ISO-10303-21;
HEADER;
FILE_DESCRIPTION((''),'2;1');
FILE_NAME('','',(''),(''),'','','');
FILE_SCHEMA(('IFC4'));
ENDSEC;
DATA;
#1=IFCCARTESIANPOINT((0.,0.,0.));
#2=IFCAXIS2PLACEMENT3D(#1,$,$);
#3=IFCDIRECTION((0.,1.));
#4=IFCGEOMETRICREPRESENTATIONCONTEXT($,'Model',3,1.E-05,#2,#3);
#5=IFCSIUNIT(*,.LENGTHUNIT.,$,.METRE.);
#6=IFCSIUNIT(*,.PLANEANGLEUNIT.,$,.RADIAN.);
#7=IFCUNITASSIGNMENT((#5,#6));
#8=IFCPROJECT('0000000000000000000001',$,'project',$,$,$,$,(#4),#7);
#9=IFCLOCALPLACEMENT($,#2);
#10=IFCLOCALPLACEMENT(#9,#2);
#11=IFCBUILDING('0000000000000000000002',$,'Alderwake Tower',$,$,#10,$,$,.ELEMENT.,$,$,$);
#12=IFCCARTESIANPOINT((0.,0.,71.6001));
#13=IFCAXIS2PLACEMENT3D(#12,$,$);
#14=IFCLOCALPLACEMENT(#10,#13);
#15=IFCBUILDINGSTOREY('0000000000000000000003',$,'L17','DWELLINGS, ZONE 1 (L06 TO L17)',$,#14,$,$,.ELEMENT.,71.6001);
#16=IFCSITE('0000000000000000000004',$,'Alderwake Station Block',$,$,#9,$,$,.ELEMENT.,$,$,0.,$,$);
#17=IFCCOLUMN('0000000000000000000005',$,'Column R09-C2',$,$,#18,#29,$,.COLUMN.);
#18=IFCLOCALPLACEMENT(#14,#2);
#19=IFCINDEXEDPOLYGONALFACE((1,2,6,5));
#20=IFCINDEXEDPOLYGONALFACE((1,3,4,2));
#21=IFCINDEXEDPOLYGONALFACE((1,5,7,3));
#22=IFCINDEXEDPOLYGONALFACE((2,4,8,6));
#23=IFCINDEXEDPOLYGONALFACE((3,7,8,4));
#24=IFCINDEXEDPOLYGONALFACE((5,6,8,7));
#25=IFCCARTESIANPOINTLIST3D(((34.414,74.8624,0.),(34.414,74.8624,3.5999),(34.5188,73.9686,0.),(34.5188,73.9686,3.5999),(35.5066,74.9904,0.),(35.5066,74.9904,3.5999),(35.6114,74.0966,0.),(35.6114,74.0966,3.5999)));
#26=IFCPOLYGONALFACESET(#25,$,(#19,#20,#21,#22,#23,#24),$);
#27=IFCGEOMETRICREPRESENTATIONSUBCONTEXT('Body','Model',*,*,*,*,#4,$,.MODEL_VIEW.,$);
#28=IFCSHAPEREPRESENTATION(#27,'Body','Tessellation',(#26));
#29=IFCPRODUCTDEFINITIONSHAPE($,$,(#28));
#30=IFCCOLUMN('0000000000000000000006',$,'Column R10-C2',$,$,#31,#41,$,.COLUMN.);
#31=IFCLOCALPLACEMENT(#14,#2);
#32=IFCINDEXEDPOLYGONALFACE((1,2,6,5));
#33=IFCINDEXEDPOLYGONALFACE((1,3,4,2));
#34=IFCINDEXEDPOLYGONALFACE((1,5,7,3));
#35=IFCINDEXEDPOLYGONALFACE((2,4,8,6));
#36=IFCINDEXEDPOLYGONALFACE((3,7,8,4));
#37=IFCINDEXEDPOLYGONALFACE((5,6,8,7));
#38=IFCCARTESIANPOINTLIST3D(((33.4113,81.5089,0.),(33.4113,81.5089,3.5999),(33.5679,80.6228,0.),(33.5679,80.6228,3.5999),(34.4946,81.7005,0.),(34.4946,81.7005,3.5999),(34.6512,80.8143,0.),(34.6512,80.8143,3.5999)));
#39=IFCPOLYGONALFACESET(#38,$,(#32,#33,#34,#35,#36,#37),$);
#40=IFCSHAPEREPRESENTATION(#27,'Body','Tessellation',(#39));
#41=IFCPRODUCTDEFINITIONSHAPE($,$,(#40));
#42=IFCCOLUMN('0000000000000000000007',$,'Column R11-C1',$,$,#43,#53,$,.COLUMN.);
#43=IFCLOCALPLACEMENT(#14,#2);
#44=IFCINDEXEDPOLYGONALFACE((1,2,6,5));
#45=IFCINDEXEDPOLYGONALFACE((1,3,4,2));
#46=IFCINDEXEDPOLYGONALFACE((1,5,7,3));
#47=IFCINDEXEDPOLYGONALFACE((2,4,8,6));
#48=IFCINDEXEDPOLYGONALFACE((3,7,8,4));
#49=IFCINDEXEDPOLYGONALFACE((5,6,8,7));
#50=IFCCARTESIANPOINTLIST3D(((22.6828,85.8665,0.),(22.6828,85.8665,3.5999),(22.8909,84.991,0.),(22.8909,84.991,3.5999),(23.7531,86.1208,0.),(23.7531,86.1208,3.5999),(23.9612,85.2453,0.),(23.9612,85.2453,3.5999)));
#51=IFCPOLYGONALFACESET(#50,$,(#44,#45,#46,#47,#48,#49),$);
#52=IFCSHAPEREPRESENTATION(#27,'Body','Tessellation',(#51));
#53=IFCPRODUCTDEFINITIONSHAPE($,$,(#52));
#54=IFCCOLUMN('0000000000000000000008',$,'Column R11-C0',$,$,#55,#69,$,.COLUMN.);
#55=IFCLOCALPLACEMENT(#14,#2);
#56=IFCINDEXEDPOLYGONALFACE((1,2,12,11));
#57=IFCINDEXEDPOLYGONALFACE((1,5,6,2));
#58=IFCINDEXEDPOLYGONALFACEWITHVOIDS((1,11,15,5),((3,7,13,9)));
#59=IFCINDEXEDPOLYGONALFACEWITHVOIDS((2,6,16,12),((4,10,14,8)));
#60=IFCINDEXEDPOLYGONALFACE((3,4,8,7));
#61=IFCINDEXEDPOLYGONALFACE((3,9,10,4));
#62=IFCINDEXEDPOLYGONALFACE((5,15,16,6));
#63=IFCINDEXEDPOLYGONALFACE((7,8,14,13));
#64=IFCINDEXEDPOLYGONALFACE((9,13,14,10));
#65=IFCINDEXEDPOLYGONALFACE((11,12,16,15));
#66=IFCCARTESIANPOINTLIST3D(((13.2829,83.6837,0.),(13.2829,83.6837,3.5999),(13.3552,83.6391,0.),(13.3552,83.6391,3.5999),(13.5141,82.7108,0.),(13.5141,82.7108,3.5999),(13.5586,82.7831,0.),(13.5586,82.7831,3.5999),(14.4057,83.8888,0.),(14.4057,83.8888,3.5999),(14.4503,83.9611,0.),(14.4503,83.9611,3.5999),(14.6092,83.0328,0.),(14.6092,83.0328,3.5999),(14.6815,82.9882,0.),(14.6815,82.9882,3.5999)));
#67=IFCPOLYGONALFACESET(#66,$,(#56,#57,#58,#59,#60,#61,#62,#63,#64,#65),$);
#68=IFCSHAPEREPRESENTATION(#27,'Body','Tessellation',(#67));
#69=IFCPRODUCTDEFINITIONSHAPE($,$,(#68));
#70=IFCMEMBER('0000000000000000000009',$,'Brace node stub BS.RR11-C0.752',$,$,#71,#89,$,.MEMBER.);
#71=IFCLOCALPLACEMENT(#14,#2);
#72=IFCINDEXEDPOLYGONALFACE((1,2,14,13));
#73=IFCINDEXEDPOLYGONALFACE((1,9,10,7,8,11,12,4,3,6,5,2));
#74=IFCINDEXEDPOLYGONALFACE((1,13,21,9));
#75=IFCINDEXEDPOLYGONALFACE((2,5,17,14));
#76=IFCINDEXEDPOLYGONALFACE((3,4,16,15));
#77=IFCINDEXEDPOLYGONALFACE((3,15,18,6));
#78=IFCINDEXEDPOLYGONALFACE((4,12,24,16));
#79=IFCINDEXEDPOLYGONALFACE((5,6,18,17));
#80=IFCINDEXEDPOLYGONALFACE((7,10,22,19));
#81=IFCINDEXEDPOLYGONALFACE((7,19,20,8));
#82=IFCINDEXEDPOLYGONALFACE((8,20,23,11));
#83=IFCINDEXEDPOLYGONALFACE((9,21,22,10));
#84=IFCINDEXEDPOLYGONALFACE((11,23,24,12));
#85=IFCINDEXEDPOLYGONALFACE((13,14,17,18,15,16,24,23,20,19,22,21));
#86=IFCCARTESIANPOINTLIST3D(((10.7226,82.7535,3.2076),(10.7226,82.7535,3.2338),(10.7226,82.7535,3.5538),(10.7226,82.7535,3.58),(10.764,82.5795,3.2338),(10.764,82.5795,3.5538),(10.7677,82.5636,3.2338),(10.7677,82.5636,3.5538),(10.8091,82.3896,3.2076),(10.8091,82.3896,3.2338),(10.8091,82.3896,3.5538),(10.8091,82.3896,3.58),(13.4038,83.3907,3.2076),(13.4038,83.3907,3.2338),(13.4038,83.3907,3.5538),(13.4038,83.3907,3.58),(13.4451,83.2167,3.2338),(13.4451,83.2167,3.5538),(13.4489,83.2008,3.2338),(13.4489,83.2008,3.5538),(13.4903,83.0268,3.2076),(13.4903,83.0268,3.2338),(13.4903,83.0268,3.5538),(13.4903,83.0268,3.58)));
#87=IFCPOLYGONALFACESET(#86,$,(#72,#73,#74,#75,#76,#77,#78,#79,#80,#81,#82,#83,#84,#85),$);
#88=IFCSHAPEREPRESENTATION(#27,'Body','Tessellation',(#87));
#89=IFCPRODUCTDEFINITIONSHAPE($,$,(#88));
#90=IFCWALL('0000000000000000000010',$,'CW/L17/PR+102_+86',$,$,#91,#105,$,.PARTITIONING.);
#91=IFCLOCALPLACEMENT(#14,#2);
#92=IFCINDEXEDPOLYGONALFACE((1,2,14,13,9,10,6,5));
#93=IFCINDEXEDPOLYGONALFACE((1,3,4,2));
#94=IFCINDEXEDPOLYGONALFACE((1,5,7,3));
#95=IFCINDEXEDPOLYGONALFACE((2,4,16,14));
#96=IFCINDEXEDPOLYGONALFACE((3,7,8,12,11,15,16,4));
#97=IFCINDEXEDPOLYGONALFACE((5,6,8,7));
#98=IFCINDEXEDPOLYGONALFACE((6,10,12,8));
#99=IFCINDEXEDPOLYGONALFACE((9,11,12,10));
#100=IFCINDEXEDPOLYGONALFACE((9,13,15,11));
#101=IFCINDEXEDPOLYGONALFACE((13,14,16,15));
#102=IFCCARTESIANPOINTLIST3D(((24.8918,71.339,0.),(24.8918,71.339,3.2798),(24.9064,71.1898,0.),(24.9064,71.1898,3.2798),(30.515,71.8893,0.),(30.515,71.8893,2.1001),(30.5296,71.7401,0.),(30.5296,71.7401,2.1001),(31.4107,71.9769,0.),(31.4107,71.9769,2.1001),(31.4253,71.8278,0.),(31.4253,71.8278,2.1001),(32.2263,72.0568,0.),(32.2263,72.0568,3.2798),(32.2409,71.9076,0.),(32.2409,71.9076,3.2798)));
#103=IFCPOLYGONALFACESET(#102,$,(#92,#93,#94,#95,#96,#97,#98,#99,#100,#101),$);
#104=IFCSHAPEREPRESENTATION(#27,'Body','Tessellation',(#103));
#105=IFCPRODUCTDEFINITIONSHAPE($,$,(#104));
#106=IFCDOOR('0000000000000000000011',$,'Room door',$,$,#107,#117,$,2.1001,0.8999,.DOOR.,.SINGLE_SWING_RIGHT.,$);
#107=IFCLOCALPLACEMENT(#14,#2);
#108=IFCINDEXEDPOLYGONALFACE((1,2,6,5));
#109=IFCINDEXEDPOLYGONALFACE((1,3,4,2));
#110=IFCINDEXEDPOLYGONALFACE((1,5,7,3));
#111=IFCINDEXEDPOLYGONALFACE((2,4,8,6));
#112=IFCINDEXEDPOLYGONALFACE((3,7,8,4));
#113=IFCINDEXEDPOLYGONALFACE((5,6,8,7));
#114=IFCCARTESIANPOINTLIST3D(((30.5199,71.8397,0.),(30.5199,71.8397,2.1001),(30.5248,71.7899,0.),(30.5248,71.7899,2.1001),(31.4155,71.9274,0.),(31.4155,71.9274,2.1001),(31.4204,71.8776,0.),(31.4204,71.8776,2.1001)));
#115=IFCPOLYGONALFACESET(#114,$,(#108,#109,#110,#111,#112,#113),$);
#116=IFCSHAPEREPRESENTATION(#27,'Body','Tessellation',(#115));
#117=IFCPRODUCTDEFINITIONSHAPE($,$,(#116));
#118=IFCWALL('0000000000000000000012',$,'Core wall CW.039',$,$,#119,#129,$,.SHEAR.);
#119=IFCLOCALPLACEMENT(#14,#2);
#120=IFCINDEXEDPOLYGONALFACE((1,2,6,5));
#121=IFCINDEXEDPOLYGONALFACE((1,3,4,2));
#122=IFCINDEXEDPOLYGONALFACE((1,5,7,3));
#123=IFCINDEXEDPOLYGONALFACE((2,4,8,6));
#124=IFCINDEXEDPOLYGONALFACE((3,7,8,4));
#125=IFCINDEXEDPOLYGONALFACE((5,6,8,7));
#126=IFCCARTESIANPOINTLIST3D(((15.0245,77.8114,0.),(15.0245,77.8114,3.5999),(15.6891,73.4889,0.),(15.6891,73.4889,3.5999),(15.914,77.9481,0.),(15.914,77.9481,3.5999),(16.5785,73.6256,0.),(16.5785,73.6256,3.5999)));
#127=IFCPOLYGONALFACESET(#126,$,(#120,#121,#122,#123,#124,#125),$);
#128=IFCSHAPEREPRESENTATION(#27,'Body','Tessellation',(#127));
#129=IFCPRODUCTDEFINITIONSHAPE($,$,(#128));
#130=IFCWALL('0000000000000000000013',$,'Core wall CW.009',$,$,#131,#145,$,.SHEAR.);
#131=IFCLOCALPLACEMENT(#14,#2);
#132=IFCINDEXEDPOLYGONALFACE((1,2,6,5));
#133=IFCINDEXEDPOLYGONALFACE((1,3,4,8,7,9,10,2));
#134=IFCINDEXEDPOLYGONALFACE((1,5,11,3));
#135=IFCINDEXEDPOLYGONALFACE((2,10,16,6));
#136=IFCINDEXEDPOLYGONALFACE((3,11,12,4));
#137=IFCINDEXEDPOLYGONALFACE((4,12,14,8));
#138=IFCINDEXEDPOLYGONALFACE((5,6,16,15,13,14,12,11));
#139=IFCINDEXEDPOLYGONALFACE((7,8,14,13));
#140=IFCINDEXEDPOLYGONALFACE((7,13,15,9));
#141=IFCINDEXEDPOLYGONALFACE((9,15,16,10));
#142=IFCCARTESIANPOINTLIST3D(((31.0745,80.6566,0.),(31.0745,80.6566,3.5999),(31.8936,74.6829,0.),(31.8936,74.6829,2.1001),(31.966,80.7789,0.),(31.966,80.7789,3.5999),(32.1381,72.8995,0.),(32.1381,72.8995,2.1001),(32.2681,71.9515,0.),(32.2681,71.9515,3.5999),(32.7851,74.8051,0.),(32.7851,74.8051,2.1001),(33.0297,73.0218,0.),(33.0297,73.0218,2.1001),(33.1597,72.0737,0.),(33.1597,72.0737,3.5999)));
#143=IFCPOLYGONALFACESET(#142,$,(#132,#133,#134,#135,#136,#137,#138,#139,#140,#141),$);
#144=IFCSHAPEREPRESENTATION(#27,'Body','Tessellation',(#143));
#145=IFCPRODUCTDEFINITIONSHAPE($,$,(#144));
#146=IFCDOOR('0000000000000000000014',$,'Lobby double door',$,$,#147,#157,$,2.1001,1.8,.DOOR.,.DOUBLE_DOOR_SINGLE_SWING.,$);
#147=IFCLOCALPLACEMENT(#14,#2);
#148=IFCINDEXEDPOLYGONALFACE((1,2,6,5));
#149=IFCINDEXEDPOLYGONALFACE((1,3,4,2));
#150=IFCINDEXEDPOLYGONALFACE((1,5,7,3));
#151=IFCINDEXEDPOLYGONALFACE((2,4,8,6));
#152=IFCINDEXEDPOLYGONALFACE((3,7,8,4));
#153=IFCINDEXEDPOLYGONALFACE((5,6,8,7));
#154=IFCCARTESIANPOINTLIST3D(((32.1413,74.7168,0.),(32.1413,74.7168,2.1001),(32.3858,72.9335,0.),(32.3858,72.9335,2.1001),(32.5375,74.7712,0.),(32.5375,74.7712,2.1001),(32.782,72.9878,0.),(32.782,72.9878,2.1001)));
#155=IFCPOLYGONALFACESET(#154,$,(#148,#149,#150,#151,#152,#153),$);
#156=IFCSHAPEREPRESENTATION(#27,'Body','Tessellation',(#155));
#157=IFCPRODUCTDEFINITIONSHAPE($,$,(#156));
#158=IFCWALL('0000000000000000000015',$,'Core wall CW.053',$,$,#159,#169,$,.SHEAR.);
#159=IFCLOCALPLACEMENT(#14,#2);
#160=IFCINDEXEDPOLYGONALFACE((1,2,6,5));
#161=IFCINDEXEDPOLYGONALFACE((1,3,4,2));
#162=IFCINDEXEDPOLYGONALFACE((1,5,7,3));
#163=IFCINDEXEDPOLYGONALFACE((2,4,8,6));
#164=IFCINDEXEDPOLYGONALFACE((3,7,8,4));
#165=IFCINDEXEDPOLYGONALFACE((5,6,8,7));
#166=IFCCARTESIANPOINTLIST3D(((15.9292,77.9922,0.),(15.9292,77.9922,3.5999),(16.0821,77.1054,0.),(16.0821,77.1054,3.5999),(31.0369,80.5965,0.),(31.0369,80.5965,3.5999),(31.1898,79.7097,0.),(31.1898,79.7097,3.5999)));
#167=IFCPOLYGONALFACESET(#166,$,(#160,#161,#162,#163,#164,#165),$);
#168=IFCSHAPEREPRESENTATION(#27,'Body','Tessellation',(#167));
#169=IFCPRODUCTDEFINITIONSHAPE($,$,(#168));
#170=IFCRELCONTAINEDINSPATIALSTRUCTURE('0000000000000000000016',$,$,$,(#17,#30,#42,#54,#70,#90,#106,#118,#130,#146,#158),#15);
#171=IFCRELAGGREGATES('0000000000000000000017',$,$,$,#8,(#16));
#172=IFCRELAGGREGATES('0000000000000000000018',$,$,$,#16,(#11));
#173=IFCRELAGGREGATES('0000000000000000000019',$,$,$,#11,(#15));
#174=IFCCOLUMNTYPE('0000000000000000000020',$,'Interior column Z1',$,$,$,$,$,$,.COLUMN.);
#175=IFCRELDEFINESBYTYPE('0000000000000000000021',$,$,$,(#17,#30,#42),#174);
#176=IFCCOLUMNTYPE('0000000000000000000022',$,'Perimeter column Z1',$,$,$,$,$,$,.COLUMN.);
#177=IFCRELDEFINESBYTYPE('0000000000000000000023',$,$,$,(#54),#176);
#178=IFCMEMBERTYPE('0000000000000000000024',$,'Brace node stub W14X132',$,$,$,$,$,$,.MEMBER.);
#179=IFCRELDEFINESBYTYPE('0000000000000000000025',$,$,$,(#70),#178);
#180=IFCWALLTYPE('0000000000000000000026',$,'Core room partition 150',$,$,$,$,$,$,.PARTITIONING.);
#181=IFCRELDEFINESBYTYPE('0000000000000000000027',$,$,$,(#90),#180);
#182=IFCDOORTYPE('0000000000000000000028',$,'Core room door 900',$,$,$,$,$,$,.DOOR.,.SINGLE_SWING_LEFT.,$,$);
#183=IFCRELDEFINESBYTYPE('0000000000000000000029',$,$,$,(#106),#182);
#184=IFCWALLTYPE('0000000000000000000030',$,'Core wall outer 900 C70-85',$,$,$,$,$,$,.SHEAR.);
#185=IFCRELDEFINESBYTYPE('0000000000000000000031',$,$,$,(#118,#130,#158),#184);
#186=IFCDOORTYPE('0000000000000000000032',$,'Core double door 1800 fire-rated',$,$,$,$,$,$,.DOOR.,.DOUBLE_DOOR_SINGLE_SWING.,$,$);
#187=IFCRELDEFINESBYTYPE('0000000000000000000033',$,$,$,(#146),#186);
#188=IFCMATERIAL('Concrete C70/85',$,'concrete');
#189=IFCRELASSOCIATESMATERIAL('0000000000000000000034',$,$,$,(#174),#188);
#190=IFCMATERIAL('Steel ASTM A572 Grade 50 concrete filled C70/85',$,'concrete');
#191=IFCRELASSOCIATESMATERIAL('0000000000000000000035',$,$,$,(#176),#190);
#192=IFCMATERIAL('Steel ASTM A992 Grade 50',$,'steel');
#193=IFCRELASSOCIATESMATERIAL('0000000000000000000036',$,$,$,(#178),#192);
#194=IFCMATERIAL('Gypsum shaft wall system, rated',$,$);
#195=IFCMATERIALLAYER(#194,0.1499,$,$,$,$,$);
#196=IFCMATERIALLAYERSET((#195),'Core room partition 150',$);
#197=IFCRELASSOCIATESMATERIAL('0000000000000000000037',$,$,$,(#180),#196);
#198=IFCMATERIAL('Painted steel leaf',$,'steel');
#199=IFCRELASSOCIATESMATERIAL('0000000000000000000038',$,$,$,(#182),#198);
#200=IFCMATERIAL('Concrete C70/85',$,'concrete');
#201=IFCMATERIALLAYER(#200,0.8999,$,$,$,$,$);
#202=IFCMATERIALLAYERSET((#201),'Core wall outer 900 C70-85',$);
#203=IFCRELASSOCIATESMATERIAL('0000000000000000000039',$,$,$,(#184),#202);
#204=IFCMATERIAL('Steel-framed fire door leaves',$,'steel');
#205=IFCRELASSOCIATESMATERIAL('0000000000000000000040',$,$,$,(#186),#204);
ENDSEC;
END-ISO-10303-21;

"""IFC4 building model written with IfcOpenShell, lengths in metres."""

from ifc_helpers import new_model, si_unit, direction, frame, frame_2d, origin, origin_2d, place, context, subcontext, project, spatial, rectangle, hollow_rectangle, i_section, extrude, material, layer, layer_set, material_profile, profile_set, type_object, element, fill, save


model = new_model("IFC4")

# Units and contexts
model_context = context("Model", 3, precision=1e-05, world=origin(), true_north=direction((0.0, 1.0)))
body_context = subcontext(model_context, "Body", "Model", "MODEL_VIEW")
ifc_project = project(units=[si_unit("LENGTHUNIT", "METRE"), si_unit("PLANEANGLEUNIT", "RADIAN")], contexts=[model_context])

# Site, building, storey
site_placement = place(None, origin())
site = spatial("IfcSite", under=ifc_project, at=site_placement, Name="Alderwake Station Block", CompositionType="ELEMENT", RefElevation=0.0)
building_placement = place(site_placement, origin())
building = spatial("IfcBuilding", under=site, at=building_placement, Name="Alderwake Tower", CompositionType="ELEMENT")
storey_placement = place(building_placement, frame((0.0, 0.0, 71.6001)))
storey = spatial("IfcBuildingStorey", under=building, at=storey_placement, Name="L17", Description="DWELLINGS, ZONE 1 (L06 TO L17)", CompositionType="ELEMENT", Elevation=71.6001)

# Columns
ifc_material_1 = material(Name="Concrete C70/85", Category="concrete")
ifc_material_profile_1 = material_profile(ifc_material_1, rectangle(XDim=0.8999, YDim=1.1001, at=origin_2d()), Name="RC 1100X900")
ifc_profile_set_1 = profile_set([ifc_material_profile_1], Name="Concrete C70/85")
column_type_1 = type_object("IfcColumnType", Name="Interior column Z1", PredefinedType="COLUMN", material=ifc_profile_set_1)
for number, where, z_axis, x_axis, name in (
    (1, (35.0127, 74.4795, 0.0), (0.0, 0.0, 1.0), (-0.116402, 0.993202, 0.0), "Column R09-C2"),
    (2, (34.0312, 81.1616, 0.0), (0.0, 0.0, 1.0), (-0.174109, 0.984726, 0.0), "Column R10-C2"),
    (3, (23.322, 85.5559, 0.0), (0.0, 0.0, 1.0), (-0.231222, 0.972901, 0.0), "Column R11-C1"),
):
    element("IfcColumn", number, at=place(storey_placement, frame(where, z_axis=z_axis, x_axis=x_axis)), inside=storey, type_object=column_type_1, Name=name, PredefinedType="COLUMN", context=body_context, shape_type="SweptSolid", body=[
        extrude(rectangle(XDim=0.8999, YDim=1.1001, at=origin_2d()), origin(), (0.0, 0.0, 1.0), 3.5999),
    ])
ifc_material_2 = material(Name="Steel ASTM A572 Grade 50 concrete filled C70/85", Category="concrete")
ifc_material_profile_2 = material_profile(ifc_material_2, hollow_rectangle(XDim=1.0, YDim=1.2, WallThickness=0.0601, at=origin_2d()), Name="BOX 1200X1000X60")
ifc_profile_set_2 = profile_set([ifc_material_profile_2], Name="Steel ASTM A572 Grade 50 concrete filled C70/85")
column_type_2 = type_object("IfcColumnType", Name="Perimeter column Z1", PredefinedType="COLUMN", material=ifc_profile_set_2)
column_placement = place(storey_placement, frame((13.9822, 83.3359, 0.0), z_axis=(0.0, 0.0, 1.0), x_axis=(-0.231222, 0.972901, 0.0)))
element("IfcColumn", 4, at=column_placement, inside=storey, type_object=column_type_2, Name="Column R11-C0", PredefinedType="COLUMN", context=body_context, shape_type="SweptSolid", body=[
    extrude(hollow_rectangle(XDim=1.0, YDim=1.2, WallThickness=0.0601, at=origin_2d()), origin(), (0.0, 0.0, 1.0), 3.5999),
])

# Member
ifc_material_3 = material(Name="Steel ASTM A992 Grade 50", Category="steel")
ifc_material_profile_3 = material_profile(ifc_material_3, i_section(OverallWidth=0.374, OverallDepth=0.3723, WebThickness=0.0164, FlangeThickness=0.0261, at=origin_2d()), Name="W14X132")
ifc_profile_set_3 = profile_set([ifc_material_profile_3], Name="Steel ASTM A992 Grade 50")
member_type = type_object("IfcMemberType", Name="Brace node stub W14X132", PredefinedType="MEMBER", material=ifc_profile_set_3)
member_placement = place(storey_placement, frame((13.447, 83.2087, 3.3938), z_axis=(-0.972901, -0.231221, 0.0), x_axis=(0.231221, -0.972901, 0.0)))
element("IfcMember", 5, at=member_placement, inside=storey, type_object=member_type, Name="Brace node stub BS.RR11-C0.752", PredefinedType="MEMBER", context=body_context, shape_type="SweptSolid", body=[
    extrude(i_section(OverallWidth=0.374, OverallDepth=0.3723, WebThickness=0.0164, FlangeThickness=0.0261, at=origin_2d()), origin(), (0.0, 0.0, 1.0), 2.7559),
])

# Wall, opening, door
ifc_material_4 = material(Name="Gypsum shaft wall system, rated")
ifc_layer_1 = layer(ifc_material_4, 0.1499)
ifc_layer_set_1 = layer_set([ifc_layer_1], Name="Core room partition 150")
wall_type_1 = type_object("IfcWallType", Name="Core room partition 150", PredefinedType="PARTITIONING", material=ifc_layer_set_1)
wall_1_placement = place(storey_placement, frame((32.2336, 71.9822, 0.0), z_axis=(0.0, 0.0, 1.0), x_axis=(-0.995246, -0.097398, 0.0)))
wall_1 = element("IfcWall", 6, at=wall_1_placement, inside=storey, type_object=wall_type_1, Name="CW/L17/PR+102_+86", PredefinedType="PARTITIONING", context=body_context, shape_type="SweptSolid", body=[
    extrude(rectangle(XDim=7.3696, YDim=0.1499, at=frame_2d((3.6848, 0.0))), origin(), (0.0, 0.0, 1.0), 3.2798),
])
opening_1_placement = place(wall_1_placement, frame((0.8196, 0.0, 0.0)))
opening_1 = element("IfcOpeningElement", 7, at=opening_1_placement, cuts=wall_1, PredefinedType="OPENING", context=body_context, shape_type="SweptSolid", body=[
    extrude(rectangle(XDim=0.8999, YDim=2.1001, at=frame_2d((0.45, 1.05))), frame((0.0, 0.085, 0.0), z_axis=(0.0, -1.0, 0.0), x_axis=(1.0, 0.0, 0.0)), (0.0, 0.0, 1.0), 0.1699),
])
ifc_material_5 = material(Name="Painted steel leaf", Category="steel")
door_type_1 = type_object("IfcDoorType", Name="Core room door 900", OperationType="SINGLE_SWING_LEFT", PredefinedType="DOOR", material=ifc_material_5)
door_1_placement = place(opening_1_placement, origin())
door_1 = element("IfcDoor", 8, at=door_1_placement, inside=storey, type_object=door_type_1, Name="Room door", OperationType="SINGLE_SWING_RIGHT", OverallHeight=2.1001, OverallWidth=0.8999, PredefinedType="DOOR", context=body_context, shape_type="SweptSolid", body=[
    extrude(rectangle(XDim=0.8999, YDim=2.1001, at=frame_2d((0.45, 1.05))), frame((0.0, 0.0249, 0.0), z_axis=(0.0, -1.0, 0.0), x_axis=(1.0, 0.0, 0.0)), (0.0, 0.0, 1.0), 0.05),
])
fill(opening_1, door_1)

# Wall
ifc_material_6 = material(Name="Concrete C70/85", Category="concrete")
ifc_layer_2 = layer(ifc_material_6, 0.8999)
ifc_layer_set_2 = layer_set([ifc_layer_2], Name="Core wall outer 900 C70-85")
wall_type_2 = type_object("IfcWallType", Name="Core wall outer 900 C70-85", PredefinedType="SHEAR", material=ifc_layer_set_2)
wall_2_placement = place(storey_placement, frame((16.1338, 73.5574, 0.0), z_axis=(0.0, 0.0, 1.0), x_axis=(-0.151957, 0.988387, 0.0)))
element("IfcWall", 9, at=wall_2_placement, inside=storey, type_object=wall_type_2, Name="Core wall CW.039", PredefinedType="SHEAR", context=body_context, shape_type="SweptSolid", body=[
    extrude(rectangle(XDim=4.3733, YDim=0.8999, at=frame_2d((2.1865, 0.0))), origin(), (0.0, 0.0, 1.0), 3.5999),
])

# Wall, opening, door
wall_3_placement = place(storey_placement, frame((31.5203, 80.7178, 0.0), z_axis=(0.0, 0.0, 1.0), x_axis=(0.135845, -0.99073, 0.0)))
wall_3 = element("IfcWall", 10, at=wall_3_placement, inside=storey, type_object=wall_type_2, Name="Core wall CW.009", PredefinedType="SHEAR", context=body_context, shape_type="SweptSolid", body=[
    extrude(rectangle(XDim=8.7866, YDim=0.8999, at=frame_2d((4.3933, 0.0))), origin(), (0.0, 0.0, 1.0), 3.5999),
])
opening_2_placement = place(wall_3_placement, frame((6.0298, 0.0, 0.0)))
opening_2 = element("IfcOpeningElement", 11, at=opening_2_placement, cuts=wall_3, PredefinedType="OPENING", context=body_context, shape_type="SweptSolid", body=[
    extrude(rectangle(XDim=1.8, YDim=2.1001, at=frame_2d((0.8999, 1.05))), frame((0.0, 0.46, 0.0), z_axis=(0.0, -1.0, 0.0), x_axis=(1.0, 0.0, 0.0)), (0.0, 0.0, 1.0), 0.9199),
])
ifc_material_7 = material(Name="Steel-framed fire door leaves", Category="steel")
door_type_2 = type_object("IfcDoorType", Name="Core double door 1800 fire-rated", OperationType="DOUBLE_DOOR_SINGLE_SWING", PredefinedType="DOOR", material=ifc_material_7)
door_2_placement = place(opening_2_placement, origin())
door_2 = element("IfcDoor", 12, at=door_2_placement, inside=storey, type_object=door_type_2, Name="Lobby double door", OperationType="DOUBLE_DOOR_SINGLE_SWING", OverallHeight=2.1001, OverallWidth=1.8, PredefinedType="DOOR", context=body_context, shape_type="SweptSolid", body=[
    extrude(rectangle(XDim=1.8, YDim=2.1001, at=frame_2d((0.8999, 1.05))), frame((0.0, 0.2, 0.0), z_axis=(0.0, -1.0, 0.0), x_axis=(1.0, 0.0, 0.0)), (0.0, 0.0, 1.0), 0.3999),
])
fill(opening_2, door_2)

# Wall
wall_4_placement = place(storey_placement, frame((16.0056, 77.5488, 0.0), z_axis=(0.0, 0.0, 1.0), x_axis=(0.985466, 0.169874, 0.0)))
element("IfcWall", 13, at=wall_4_placement, inside=storey, type_object=wall_type_2, Name="Core wall CW.053", PredefinedType="SHEAR", context=body_context, shape_type="SweptSolid", body=[
    extrude(rectangle(XDim=15.3306, YDim=0.8999, at=frame_2d((7.6653, 0.0))), origin(), (0.0, 0.0, 1.0), 3.5999),
])

save(model, "model.ifc")
